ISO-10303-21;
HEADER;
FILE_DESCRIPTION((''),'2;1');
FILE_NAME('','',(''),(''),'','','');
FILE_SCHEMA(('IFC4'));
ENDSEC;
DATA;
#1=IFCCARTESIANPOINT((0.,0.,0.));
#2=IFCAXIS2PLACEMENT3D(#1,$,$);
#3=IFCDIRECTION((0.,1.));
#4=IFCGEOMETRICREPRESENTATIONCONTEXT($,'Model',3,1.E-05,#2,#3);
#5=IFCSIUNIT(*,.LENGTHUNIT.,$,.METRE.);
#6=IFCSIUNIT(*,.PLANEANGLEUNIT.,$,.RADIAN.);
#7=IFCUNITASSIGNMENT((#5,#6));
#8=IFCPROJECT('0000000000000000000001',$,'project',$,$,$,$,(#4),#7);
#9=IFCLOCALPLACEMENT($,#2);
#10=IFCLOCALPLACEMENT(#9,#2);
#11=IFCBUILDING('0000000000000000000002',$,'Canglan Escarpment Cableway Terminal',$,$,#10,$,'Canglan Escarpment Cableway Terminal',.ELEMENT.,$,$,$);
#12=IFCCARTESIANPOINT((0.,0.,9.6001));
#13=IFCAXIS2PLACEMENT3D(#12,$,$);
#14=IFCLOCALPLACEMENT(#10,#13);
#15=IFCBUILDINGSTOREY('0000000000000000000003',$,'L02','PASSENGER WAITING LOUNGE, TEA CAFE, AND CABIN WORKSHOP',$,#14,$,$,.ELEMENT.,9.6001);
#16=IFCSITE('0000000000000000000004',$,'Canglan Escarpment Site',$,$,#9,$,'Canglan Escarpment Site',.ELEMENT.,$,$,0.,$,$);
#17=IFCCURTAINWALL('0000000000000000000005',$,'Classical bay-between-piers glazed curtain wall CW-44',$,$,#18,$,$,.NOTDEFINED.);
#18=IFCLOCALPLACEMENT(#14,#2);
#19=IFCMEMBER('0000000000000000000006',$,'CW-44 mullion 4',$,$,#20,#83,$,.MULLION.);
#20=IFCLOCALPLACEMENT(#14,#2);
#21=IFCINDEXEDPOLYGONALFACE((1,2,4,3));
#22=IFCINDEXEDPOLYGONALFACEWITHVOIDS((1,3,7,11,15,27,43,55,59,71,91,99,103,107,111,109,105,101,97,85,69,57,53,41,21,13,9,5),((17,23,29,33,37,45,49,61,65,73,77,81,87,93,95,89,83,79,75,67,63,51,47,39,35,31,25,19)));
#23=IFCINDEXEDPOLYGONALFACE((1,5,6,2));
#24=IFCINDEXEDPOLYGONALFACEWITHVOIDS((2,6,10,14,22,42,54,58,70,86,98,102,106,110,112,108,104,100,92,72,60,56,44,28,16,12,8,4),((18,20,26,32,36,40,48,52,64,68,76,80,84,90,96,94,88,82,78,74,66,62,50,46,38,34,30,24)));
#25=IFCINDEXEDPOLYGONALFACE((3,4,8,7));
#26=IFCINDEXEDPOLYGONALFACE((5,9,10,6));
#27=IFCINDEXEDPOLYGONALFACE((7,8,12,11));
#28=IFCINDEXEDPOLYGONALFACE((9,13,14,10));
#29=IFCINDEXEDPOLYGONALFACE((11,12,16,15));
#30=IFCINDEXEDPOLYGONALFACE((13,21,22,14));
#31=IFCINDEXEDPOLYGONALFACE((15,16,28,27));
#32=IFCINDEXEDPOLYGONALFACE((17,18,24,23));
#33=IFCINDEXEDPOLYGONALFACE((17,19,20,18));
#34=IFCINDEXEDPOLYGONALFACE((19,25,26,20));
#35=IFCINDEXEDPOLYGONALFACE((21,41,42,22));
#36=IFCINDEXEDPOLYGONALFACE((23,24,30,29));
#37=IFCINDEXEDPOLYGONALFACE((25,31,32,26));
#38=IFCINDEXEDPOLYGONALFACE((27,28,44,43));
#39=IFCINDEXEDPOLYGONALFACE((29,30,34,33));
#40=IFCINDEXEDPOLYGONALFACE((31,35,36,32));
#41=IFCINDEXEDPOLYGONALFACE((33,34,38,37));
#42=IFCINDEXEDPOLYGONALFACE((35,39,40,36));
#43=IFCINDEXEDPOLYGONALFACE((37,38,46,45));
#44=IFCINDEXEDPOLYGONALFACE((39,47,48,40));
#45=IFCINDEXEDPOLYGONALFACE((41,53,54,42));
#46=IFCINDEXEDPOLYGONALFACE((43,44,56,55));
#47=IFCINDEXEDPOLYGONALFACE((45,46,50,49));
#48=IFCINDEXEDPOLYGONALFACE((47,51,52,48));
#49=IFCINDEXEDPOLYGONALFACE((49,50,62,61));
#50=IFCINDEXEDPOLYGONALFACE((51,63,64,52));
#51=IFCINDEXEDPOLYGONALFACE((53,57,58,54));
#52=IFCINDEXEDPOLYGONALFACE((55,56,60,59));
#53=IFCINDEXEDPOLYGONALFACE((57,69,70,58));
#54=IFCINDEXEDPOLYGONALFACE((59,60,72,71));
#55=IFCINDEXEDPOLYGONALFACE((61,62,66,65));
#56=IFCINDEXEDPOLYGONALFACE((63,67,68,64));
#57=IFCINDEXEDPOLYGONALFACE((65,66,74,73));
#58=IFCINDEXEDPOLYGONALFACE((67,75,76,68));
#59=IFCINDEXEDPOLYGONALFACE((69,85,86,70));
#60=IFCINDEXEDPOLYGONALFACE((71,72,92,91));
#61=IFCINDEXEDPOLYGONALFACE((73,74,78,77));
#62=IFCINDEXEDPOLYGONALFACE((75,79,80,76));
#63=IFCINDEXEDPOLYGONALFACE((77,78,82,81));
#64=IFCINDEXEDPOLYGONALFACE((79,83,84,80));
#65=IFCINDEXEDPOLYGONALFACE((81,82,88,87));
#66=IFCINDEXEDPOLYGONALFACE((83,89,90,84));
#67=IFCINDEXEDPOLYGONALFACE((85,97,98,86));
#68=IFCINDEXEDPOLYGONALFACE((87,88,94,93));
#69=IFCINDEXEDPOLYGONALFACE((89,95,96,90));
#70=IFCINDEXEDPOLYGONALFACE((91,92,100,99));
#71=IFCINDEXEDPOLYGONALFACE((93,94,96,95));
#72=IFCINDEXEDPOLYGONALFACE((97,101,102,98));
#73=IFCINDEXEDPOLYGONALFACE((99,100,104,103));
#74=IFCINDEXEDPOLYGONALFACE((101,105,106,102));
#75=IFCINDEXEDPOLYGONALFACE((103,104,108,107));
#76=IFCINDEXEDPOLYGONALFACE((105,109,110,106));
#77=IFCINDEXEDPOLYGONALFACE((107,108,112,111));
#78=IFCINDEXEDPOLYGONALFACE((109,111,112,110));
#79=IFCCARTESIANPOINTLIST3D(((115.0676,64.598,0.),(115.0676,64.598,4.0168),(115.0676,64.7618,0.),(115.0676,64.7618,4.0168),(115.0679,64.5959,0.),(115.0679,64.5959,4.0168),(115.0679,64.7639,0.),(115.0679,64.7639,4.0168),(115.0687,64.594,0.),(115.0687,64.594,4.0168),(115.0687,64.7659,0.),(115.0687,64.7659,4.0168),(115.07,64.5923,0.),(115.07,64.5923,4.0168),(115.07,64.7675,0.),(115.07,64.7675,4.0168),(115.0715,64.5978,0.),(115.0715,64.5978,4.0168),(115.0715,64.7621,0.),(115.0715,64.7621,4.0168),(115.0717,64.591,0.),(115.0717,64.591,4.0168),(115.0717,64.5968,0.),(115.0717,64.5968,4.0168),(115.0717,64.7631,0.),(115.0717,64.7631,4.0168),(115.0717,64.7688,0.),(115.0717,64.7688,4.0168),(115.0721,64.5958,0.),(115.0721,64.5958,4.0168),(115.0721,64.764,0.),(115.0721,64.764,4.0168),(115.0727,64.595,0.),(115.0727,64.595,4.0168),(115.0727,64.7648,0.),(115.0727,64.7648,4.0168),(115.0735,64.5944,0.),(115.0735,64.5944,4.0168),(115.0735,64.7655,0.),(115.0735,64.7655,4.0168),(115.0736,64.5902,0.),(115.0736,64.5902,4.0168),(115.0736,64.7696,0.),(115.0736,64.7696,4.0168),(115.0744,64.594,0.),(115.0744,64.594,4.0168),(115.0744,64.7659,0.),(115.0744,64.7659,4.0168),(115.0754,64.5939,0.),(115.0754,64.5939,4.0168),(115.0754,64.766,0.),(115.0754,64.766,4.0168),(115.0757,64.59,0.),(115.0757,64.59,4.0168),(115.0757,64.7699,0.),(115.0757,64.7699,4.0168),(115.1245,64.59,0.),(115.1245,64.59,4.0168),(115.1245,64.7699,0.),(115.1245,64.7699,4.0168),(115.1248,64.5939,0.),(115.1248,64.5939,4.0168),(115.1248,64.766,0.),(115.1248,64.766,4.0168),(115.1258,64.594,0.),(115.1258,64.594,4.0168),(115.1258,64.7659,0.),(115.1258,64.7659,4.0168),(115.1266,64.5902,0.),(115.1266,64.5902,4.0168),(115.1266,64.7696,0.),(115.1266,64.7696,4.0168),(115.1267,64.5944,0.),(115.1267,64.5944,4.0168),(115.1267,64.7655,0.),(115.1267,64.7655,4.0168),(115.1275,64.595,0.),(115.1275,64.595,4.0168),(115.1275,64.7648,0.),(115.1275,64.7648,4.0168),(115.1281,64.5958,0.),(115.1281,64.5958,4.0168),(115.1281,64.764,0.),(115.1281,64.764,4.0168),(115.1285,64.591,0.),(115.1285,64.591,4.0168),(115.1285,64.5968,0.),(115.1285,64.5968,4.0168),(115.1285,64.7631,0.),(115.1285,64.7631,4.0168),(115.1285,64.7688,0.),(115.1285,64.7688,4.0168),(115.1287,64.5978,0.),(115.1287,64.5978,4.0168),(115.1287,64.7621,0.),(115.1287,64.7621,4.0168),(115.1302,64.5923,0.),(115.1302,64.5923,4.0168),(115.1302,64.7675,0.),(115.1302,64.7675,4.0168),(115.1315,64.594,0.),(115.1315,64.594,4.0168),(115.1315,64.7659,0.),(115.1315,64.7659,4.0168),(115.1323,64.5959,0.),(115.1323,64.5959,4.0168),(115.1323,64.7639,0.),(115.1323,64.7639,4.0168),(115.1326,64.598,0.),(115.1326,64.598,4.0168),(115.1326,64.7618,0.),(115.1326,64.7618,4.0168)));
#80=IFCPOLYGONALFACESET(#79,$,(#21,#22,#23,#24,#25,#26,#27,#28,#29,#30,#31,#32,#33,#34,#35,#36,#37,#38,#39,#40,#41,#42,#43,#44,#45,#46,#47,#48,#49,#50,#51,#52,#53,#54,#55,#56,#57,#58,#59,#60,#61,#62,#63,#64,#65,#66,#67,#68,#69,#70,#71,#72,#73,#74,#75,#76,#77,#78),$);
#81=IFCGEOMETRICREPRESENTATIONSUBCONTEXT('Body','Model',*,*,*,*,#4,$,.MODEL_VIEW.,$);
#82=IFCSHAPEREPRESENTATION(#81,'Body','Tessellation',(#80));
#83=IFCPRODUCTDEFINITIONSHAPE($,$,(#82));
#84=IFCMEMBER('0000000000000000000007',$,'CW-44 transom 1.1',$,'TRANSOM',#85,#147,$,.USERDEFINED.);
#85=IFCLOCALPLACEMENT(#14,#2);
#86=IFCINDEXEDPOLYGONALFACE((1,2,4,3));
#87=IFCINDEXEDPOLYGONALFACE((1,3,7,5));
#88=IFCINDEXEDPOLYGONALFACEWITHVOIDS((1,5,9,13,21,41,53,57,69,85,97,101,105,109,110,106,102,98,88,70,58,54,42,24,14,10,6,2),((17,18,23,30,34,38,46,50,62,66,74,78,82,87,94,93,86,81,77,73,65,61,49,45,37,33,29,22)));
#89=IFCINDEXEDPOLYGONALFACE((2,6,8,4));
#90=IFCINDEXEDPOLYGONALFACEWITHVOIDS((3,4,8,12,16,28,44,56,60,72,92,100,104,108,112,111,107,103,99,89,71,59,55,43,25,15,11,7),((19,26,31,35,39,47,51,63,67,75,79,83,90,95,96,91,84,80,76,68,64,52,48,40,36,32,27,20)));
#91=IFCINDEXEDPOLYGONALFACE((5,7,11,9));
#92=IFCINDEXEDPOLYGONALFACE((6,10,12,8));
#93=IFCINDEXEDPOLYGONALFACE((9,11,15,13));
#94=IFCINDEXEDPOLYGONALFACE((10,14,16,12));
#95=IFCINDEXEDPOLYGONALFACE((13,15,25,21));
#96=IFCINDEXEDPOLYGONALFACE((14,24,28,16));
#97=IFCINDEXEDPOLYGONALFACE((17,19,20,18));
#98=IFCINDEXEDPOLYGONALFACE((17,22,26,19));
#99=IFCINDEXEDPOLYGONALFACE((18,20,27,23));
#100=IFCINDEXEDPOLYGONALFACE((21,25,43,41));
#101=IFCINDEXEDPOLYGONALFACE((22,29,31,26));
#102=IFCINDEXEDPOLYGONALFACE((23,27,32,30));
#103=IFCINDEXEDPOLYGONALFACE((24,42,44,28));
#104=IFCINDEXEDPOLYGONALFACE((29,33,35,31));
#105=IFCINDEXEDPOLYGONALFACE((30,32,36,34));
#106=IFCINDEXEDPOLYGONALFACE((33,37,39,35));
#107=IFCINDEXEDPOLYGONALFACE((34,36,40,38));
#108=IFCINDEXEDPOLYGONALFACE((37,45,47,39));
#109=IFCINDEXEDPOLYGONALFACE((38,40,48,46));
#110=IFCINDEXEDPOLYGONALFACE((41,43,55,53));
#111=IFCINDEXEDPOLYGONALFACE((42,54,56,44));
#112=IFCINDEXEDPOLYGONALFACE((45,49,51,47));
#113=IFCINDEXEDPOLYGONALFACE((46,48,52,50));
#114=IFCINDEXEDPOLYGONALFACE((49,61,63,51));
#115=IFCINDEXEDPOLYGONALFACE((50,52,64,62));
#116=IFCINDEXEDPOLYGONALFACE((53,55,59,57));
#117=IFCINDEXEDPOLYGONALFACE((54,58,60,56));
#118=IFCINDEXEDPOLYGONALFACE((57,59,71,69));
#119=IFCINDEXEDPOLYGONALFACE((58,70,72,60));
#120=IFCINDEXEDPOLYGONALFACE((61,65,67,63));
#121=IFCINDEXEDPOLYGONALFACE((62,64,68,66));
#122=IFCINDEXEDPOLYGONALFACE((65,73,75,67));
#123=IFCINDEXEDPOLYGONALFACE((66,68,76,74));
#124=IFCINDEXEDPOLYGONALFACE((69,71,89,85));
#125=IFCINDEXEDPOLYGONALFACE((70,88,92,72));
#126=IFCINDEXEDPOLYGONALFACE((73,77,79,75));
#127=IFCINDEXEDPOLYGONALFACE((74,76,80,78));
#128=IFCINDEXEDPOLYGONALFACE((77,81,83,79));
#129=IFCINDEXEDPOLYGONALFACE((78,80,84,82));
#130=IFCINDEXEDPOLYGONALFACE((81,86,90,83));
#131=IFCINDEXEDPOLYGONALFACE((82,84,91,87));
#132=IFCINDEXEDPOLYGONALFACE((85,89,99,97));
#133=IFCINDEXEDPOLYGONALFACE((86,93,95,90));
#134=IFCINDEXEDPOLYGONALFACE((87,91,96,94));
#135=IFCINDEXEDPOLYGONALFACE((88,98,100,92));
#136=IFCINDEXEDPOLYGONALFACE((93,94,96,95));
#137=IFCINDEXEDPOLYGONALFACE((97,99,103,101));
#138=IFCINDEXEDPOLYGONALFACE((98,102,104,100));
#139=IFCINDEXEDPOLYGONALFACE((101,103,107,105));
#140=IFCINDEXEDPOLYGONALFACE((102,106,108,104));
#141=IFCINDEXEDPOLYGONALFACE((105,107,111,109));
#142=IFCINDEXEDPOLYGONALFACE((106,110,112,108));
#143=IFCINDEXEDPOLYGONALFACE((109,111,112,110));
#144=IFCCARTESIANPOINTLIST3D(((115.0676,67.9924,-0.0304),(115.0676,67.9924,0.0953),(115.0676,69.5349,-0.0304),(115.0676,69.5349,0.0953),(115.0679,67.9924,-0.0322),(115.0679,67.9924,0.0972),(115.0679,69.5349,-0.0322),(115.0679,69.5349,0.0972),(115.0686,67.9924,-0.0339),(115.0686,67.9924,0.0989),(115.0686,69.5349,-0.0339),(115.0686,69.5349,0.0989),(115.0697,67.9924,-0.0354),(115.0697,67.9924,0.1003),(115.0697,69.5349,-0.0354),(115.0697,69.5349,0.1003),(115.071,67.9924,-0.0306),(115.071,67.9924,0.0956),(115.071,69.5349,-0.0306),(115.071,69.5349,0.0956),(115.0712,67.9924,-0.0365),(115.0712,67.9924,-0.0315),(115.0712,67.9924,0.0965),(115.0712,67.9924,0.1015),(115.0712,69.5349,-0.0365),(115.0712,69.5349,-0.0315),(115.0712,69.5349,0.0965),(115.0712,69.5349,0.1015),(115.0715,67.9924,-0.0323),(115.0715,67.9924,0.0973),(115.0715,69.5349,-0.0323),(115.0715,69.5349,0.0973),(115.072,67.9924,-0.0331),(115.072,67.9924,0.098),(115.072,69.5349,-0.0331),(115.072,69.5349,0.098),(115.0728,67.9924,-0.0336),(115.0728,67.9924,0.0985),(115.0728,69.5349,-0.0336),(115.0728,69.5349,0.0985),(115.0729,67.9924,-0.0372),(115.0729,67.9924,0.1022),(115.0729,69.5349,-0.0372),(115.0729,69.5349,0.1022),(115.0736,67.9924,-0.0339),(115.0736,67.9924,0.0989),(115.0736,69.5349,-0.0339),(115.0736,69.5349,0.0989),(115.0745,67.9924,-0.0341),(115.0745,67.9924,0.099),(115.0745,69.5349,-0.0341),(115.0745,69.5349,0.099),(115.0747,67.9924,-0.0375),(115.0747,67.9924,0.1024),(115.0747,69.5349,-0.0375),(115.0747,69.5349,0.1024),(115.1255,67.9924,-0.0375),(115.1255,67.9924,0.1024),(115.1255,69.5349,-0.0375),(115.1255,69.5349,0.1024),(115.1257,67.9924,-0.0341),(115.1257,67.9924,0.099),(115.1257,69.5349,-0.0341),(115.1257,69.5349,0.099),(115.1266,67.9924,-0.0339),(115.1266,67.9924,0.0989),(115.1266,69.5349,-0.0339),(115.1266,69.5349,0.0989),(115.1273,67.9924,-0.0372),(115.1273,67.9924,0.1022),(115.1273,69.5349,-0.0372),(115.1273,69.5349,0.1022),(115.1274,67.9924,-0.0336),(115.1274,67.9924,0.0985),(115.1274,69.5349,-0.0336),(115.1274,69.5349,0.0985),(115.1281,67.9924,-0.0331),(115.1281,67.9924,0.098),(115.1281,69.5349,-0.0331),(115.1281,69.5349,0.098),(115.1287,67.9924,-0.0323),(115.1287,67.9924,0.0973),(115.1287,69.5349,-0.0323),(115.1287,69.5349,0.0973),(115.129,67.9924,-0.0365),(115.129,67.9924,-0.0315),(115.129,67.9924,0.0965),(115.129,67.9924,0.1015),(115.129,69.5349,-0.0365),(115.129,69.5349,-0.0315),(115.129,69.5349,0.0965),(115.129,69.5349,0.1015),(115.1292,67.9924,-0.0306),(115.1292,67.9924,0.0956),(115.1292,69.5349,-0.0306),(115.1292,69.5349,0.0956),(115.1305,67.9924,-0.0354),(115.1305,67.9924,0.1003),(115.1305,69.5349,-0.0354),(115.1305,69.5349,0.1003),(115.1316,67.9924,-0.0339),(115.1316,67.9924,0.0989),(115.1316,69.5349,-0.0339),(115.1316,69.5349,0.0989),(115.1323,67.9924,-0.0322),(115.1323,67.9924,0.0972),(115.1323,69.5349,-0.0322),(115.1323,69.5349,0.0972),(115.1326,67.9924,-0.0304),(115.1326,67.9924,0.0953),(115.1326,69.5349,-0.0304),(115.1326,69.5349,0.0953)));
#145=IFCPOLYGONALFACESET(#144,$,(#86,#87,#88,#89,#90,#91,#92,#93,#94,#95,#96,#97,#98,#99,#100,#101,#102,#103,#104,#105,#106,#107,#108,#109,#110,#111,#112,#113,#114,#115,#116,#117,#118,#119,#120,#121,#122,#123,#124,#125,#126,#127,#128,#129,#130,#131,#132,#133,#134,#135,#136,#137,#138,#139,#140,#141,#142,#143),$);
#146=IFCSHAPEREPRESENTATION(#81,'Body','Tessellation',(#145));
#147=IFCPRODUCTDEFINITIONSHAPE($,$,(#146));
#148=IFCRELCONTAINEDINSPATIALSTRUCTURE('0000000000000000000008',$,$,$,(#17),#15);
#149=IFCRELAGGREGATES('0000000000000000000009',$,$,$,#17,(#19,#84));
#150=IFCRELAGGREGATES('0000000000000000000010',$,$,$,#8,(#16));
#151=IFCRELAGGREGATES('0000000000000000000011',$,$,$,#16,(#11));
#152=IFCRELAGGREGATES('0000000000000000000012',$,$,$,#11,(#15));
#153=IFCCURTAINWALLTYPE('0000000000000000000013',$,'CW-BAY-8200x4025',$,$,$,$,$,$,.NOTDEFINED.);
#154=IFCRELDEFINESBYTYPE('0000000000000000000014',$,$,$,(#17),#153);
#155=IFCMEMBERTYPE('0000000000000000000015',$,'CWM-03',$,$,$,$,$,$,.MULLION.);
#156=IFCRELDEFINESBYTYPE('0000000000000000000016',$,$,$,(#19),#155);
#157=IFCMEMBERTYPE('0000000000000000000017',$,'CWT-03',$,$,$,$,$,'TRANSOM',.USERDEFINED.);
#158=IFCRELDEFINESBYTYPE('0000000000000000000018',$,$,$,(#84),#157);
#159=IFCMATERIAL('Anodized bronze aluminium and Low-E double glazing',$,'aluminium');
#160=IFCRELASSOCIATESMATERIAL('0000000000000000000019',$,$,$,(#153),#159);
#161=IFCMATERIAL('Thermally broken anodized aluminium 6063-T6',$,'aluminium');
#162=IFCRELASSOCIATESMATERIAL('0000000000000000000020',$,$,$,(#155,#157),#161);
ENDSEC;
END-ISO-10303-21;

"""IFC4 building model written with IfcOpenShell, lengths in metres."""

from ifc_helpers import new_model, si_unit, direction, frame, origin, origin_2d, place, context, subcontext, project, spatial, hollow_rectangle, extrude, material, material_profile, profile_set, type_object, element, aggregate, save


model = new_model("IFC4")

# Units and contexts
model_context = context("Model", 3, precision=1e-05, world=origin(), true_north=direction((0.0, 1.0)))
body_context = subcontext(model_context, "Body", "Model", "MODEL_VIEW")
ifc_project = project(units=[si_unit("LENGTHUNIT", "METRE"), si_unit("PLANEANGLEUNIT", "RADIAN")], contexts=[model_context])

# Site, building, storey
site_placement = place(None, origin())
site = spatial("IfcSite", under=ifc_project, at=site_placement, Name="Canglan Escarpment Site", LongName="Canglan Escarpment Site", CompositionType="ELEMENT", RefElevation=0.0)
building_placement = place(site_placement, origin())
building = spatial("IfcBuilding", under=site, at=building_placement, Name="Canglan Escarpment Cableway Terminal", LongName="Canglan Escarpment Cableway Terminal", CompositionType="ELEMENT")
storey_placement = place(building_placement, frame((0.0, 0.0, 9.6001)))
storey = spatial("IfcBuildingStorey", under=building, at=storey_placement, Name="L02", Description="PASSENGER WAITING LOUNGE, TEA CAFE, AND CABIN WORKSHOP", CompositionType="ELEMENT", Elevation=9.6001)

# Curtain wall, members
ifc_material_1 = material(Name="Anodized bronze aluminium and Low-E double glazing", Category="aluminium")
curtain_wall_type = type_object("IfcCurtainWallType", Name="CW-BAY-8200x4025", PredefinedType="NOTDEFINED", material=ifc_material_1)
curtain_wall_placement = place(storey_placement, origin())
curtain_wall = element("IfcCurtainWall", 1, at=curtain_wall_placement, inside=storey, type_object=curtain_wall_type, Name="Classical bay-between-piers glazed curtain wall CW-44", PredefinedType="NOTDEFINED")
ifc_material_2 = material(Name="Thermally broken anodized aluminium 6063-T6", Category="aluminium")
ifc_material_profile_1 = material_profile(ifc_material_2, hollow_rectangle(XDim=0.0649, YDim=0.1799, WallThickness=0.0039, InnerFilletRadius=0.0039, OuterFilletRadius=0.0081, at=origin_2d()), Name="ALU-MULL 65x180x4")
ifc_profile_set_1 = profile_set([ifc_material_profile_1], Name="Thermally broken anodized aluminium 6063-T6")
member_type_1 = type_object("IfcMemberType", Name="CWM-03", PredefinedType="MULLION", material=ifc_profile_set_1)
member_1_placement = place(storey_placement, frame((115.1001, 64.6799, 0.0), z_axis=(0.0, 0.0, 1.0), x_axis=(1.0, 0.0, 0.0)))
member_1 = element("IfcMember", 2, at=member_1_placement, type_object=member_type_1, Name="CW-44 mullion 4", PredefinedType="MULLION", context=body_context, shape_type="SweptSolid", body=[
    extrude(hollow_rectangle(XDim=0.0649, YDim=0.1799, WallThickness=0.0039, InnerFilletRadius=0.0039, OuterFilletRadius=0.0081, at=origin_2d()), origin(), (0.0, 0.0, 1.0), 4.0168),
])
ifc_material_profile_2 = material_profile(ifc_material_2, hollow_rectangle(XDim=0.0649, YDim=0.1399, WallThickness=0.0034, InnerFilletRadius=0.0034, OuterFilletRadius=0.0071, at=origin_2d()), Name="ALU-TRAN 65x140x3.5")
ifc_profile_set_2 = profile_set([ifc_material_profile_2], Name="Thermally broken anodized aluminium 6063-T6")
member_type_2 = type_object("IfcMemberType", Name="CWT-03", ElementType="TRANSOM", PredefinedType="USERDEFINED", material=ifc_profile_set_2)
member_2_placement = place(storey_placement, frame((115.1001, 69.5349, 0.0325), z_axis=(0.0, -1.0, 0.0), x_axis=(1.0, 0.0, 0.0)))
member_2 = element("IfcMember", 3, at=member_2_placement, type_object=member_type_2, Name="CW-44 transom 1.1", ObjectType="TRANSOM", PredefinedType="USERDEFINED", context=body_context, shape_type="SweptSolid", body=[
    extrude(hollow_rectangle(XDim=0.0649, YDim=0.1399, WallThickness=0.0034, InnerFilletRadius=0.0034, OuterFilletRadius=0.0071, at=origin_2d()), origin(), (0.0, 0.0, 1.0), 1.5425),
])

aggregate(curtain_wall, [member_1, member_2])

save(model, "model.ifc")
